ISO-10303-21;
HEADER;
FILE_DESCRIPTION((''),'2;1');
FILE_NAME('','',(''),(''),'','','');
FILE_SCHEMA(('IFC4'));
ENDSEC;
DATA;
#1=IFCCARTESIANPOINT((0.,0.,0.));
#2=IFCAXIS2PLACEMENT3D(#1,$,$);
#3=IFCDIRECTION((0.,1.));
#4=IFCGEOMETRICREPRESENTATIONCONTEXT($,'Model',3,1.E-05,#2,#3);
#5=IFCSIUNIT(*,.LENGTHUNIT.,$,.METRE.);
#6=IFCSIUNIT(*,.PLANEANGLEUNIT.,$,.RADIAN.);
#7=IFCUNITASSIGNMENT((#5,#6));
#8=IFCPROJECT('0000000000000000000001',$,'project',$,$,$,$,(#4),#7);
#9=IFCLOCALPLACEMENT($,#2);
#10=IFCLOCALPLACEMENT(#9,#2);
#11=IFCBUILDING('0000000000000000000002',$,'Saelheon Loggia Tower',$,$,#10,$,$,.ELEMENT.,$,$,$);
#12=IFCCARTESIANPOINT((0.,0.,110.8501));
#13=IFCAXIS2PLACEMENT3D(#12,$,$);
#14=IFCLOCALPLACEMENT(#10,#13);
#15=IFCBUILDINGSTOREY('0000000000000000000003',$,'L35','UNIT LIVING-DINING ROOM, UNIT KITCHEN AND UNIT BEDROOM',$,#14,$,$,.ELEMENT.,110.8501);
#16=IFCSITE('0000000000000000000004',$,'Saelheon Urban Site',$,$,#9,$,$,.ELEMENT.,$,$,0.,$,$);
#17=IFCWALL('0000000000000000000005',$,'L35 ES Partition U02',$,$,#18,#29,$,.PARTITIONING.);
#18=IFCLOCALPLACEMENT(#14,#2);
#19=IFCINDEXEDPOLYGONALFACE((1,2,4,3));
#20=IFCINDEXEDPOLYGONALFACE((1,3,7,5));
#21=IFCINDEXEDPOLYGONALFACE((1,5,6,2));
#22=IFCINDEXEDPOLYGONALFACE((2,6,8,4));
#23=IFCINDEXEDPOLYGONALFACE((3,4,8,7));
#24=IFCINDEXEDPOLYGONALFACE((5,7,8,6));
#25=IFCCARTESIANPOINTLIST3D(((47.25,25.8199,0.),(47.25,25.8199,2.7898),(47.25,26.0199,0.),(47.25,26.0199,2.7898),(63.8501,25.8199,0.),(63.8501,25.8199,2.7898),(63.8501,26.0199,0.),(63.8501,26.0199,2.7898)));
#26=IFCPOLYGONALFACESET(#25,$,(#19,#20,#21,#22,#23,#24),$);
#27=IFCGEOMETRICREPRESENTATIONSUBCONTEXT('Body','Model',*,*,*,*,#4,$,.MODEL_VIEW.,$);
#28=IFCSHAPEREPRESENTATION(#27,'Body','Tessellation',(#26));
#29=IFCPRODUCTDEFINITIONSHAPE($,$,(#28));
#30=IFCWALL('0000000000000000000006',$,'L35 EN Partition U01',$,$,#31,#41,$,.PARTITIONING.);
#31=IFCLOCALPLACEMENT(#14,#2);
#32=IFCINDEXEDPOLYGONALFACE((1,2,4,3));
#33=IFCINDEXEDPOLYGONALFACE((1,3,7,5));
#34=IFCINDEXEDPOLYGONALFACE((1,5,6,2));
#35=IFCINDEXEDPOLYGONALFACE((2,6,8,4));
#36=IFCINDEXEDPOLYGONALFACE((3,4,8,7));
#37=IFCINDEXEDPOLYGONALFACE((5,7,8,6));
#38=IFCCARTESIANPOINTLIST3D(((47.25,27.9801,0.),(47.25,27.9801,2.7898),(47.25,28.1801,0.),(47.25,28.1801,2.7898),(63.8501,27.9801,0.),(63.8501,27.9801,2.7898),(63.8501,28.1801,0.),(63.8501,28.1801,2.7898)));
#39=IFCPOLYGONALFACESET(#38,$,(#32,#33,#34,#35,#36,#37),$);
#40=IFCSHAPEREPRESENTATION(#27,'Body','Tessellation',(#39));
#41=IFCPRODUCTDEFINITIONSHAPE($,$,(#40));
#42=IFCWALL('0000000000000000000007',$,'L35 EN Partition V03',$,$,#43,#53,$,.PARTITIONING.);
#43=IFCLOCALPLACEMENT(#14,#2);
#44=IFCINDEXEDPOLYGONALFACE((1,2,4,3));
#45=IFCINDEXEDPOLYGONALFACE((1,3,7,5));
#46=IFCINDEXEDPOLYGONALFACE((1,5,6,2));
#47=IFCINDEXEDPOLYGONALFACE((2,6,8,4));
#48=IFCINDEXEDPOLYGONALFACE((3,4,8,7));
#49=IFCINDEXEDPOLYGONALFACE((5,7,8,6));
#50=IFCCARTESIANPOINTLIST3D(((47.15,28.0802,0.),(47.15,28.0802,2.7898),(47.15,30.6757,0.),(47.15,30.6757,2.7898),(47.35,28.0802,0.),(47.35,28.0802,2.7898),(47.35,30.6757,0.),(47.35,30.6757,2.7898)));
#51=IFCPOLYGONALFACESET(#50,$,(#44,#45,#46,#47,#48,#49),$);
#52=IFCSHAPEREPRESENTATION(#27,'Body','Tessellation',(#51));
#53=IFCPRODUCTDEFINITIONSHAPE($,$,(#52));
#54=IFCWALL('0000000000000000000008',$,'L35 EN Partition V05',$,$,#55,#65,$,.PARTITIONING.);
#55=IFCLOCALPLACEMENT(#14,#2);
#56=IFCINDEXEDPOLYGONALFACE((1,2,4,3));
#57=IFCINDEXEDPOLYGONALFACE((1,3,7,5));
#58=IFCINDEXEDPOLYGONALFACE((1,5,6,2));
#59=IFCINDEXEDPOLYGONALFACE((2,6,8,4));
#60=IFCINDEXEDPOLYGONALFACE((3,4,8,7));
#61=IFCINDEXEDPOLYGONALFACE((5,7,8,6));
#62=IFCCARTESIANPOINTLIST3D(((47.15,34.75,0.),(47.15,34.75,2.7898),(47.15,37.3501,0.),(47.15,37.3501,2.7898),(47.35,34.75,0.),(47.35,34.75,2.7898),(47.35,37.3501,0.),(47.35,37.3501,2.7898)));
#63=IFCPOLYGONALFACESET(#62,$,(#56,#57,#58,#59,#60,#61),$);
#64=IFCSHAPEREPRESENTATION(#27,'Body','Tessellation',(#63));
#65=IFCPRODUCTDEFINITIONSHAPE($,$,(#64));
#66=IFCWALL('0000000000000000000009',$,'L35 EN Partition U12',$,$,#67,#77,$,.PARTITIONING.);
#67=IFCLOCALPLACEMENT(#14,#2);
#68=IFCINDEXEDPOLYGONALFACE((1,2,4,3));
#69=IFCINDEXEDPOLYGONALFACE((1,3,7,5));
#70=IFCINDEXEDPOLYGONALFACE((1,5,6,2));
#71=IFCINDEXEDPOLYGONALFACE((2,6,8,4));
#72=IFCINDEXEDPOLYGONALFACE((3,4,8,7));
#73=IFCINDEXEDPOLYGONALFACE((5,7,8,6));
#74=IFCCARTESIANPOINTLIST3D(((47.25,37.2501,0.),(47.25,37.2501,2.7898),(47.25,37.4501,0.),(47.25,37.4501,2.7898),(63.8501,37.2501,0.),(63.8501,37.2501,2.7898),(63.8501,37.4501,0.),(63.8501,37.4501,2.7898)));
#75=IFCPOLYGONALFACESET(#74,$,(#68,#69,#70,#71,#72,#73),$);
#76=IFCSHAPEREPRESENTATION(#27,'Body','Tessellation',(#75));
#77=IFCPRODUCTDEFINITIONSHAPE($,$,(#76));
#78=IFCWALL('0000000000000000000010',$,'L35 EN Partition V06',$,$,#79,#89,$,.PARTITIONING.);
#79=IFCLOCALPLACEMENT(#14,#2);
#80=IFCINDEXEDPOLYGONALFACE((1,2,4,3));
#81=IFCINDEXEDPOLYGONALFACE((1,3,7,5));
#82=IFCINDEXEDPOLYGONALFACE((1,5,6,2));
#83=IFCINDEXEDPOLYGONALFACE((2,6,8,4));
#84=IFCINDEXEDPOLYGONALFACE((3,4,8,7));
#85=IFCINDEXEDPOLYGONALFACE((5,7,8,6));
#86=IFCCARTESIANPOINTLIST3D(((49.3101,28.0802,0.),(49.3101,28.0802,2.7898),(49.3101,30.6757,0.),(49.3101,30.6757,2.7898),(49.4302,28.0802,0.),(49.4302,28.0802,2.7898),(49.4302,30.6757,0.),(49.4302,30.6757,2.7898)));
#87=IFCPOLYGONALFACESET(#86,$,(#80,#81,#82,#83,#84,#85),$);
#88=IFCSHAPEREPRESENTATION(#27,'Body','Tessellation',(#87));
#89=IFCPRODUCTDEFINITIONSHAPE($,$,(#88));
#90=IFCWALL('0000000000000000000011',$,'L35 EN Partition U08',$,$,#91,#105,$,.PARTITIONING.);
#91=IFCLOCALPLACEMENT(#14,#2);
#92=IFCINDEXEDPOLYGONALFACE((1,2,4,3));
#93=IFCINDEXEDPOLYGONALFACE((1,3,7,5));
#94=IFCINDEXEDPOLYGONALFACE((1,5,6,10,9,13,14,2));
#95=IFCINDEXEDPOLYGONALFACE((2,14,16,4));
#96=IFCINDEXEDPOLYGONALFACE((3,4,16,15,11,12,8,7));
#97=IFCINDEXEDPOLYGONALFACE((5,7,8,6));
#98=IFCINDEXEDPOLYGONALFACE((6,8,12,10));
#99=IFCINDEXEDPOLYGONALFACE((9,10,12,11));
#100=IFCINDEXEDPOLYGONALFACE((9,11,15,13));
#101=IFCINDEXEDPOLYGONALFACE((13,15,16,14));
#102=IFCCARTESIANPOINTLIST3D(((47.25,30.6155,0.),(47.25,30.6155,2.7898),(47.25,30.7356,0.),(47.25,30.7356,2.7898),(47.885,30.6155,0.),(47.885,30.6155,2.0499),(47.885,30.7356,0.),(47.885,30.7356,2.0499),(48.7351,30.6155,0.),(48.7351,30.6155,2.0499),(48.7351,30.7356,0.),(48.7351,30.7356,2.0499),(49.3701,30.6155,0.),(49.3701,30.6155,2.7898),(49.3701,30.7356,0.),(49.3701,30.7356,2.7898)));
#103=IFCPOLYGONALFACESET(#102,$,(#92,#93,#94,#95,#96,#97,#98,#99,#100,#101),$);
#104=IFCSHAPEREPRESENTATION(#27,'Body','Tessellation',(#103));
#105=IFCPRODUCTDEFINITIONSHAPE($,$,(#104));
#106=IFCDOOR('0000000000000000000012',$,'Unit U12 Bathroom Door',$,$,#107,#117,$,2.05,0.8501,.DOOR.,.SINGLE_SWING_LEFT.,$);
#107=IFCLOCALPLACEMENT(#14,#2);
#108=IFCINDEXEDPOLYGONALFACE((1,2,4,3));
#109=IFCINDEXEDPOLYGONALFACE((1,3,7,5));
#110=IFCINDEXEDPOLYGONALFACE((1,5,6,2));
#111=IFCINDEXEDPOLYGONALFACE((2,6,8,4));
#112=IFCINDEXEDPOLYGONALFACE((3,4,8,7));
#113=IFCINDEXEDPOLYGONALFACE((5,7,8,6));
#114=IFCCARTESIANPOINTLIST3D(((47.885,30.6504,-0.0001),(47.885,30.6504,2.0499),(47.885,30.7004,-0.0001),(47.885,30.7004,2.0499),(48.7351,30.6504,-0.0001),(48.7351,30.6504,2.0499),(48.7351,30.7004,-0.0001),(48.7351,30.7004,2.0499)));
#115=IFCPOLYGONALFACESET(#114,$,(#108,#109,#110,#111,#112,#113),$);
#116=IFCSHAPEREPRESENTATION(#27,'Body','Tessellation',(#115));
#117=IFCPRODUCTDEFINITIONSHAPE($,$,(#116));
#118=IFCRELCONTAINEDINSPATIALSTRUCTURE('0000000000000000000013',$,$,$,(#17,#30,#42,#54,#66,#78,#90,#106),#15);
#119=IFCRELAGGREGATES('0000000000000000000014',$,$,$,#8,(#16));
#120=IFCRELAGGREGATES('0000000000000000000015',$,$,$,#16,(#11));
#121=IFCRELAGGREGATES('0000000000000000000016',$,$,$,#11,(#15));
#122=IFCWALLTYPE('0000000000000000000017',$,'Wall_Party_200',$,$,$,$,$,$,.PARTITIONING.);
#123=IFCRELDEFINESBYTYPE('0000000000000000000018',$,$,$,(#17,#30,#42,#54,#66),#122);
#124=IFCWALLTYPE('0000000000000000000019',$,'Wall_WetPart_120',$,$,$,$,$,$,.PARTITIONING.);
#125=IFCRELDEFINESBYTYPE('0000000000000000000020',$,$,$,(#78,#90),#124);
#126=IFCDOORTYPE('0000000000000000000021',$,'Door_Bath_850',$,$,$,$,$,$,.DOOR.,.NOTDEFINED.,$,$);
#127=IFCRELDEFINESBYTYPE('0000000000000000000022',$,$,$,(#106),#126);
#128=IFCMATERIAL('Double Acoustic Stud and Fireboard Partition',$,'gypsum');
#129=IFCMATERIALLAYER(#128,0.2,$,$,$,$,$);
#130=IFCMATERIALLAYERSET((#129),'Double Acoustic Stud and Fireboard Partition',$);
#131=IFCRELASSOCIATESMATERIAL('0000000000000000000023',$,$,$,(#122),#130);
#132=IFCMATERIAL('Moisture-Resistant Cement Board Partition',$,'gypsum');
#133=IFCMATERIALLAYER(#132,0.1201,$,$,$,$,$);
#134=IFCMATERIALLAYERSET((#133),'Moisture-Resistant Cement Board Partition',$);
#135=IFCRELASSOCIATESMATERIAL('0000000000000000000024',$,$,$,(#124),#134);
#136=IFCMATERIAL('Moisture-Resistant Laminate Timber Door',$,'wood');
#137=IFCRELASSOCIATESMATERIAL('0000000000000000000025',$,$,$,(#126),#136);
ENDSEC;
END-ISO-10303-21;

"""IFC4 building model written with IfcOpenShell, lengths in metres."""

from ifc_helpers import new_model, si_unit, direction, frame, frame_2d, origin, place, context, subcontext, project, spatial, rectangle, extrude, source, transform, mapped, material, layer, layer_set, type_object, element, fill, save


model = new_model("IFC4")

# Units and contexts
model_context = context("Model", 3, precision=1e-05, world=origin(), true_north=direction((0.0, 1.0)))
body_context = subcontext(model_context, "Body", "Model", "MODEL_VIEW")
ifc_project = project(units=[si_unit("LENGTHUNIT", "METRE"), si_unit("PLANEANGLEUNIT", "RADIAN")], contexts=[model_context])

# Site, building, storey
site_placement = place(None, origin())
site = spatial("IfcSite", under=ifc_project, at=site_placement, Name="Saelheon Urban Site", CompositionType="ELEMENT", RefElevation=0.0)
building_placement = place(site_placement, origin())
building = spatial("IfcBuilding", under=site, at=building_placement, Name="Saelheon Loggia Tower", CompositionType="ELEMENT")
storey_placement = place(building_placement, frame((0.0, 0.0, 110.8501)))
storey = spatial("IfcBuildingStorey", under=building, at=storey_placement, Name="L35", Description="UNIT LIVING-DINING ROOM, UNIT KITCHEN AND UNIT BEDROOM", CompositionType="ELEMENT", Elevation=110.8501)

# Walls
ifc_material_1 = material(Name="Double Acoustic Stud and Fireboard Partition", Category="gypsum")
ifc_layer_1 = layer(ifc_material_1, 0.2)
ifc_layer_set_1 = layer_set([ifc_layer_1], Name="Double Acoustic Stud and Fireboard Partition")
wall_type_1 = type_object("IfcWallType", Name="Wall_Party_200", PredefinedType="PARTITIONING", material=ifc_layer_set_1)
for number, where, z_axis, x_axis, name in (
    (1, (47.25, 25.9199, 0.0), (0.0, 0.0, 1.0), (1.0, 0.0, 0.0), "L35 ES Partition U02"),
    (2, (47.25, 28.0801, 0.0), (0.0, 0.0, 1.0), (1.0, 0.0, 0.0), "L35 EN Partition U01"),
):
    element("IfcWall", number, at=place(storey_placement, frame(where, z_axis=z_axis, x_axis=x_axis)), inside=storey, type_object=wall_type_1, Name=name, PredefinedType="PARTITIONING", context=body_context, shape_type="SweptSolid", body=[
        extrude(rectangle(XDim=16.6001, YDim=0.2, at=frame_2d((8.3, 0.0))), origin(), (0.0, 0.0, 1.0), 2.7898),
    ])
wall_1_placement = place(storey_placement, frame((47.25, 28.0801, 0.0), z_axis=(0.0, 0.0, 1.0), x_axis=(0.0, 1.0, 0.0)))
element("IfcWall", 3, at=wall_1_placement, inside=storey, type_object=wall_type_1, Name="L35 EN Partition V03", PredefinedType="PARTITIONING", context=body_context, shape_type="SweptSolid", body=[
    extrude(rectangle(XDim=2.5955, YDim=0.2, at=frame_2d((1.2979, 0.0))), origin(), (0.0, 0.0, 1.0), 2.7898),
])

# Walls
wall_2_placement = place(storey_placement, frame((47.25, 34.75, 0.0), z_axis=(0.0, 0.0, 1.0), x_axis=(0.0, 1.0, 0.0)))
element("IfcWall", 4, at=wall_2_placement, inside=storey, type_object=wall_type_1, Name="L35 EN Partition V05", PredefinedType="PARTITIONING", context=body_context, shape_type="SweptSolid", body=[
    extrude(rectangle(XDim=2.6001, YDim=0.2, at=frame_2d((1.3, 0.0))), origin(), (0.0, 0.0, 1.0), 2.7898),
])
wall_3_placement = place(storey_placement, frame((47.25, 37.3501, 0.0), z_axis=(0.0, 0.0, 1.0), x_axis=(1.0, 0.0, 0.0)))
element("IfcWall", 5, at=wall_3_placement, inside=storey, type_object=wall_type_1, Name="L35 EN Partition U12", PredefinedType="PARTITIONING", context=body_context, shape_type="SweptSolid", body=[
    extrude(rectangle(XDim=16.6001, YDim=0.2, at=frame_2d((8.3, 0.0))), origin(), (0.0, 0.0, 1.0), 2.7898),
])
ifc_material_2 = material(Name="Moisture-Resistant Cement Board Partition", Category="gypsum")
ifc_layer_2 = layer(ifc_material_2, 0.1201)
ifc_layer_set_2 = layer_set([ifc_layer_2], Name="Moisture-Resistant Cement Board Partition")
wall_type_2 = type_object("IfcWallType", Name="Wall_WetPart_120", PredefinedType="PARTITIONING", material=ifc_layer_set_2)
wall_4_placement = place(storey_placement, frame((49.3701, 28.0801, 0.0), z_axis=(0.0, 0.0, 1.0), x_axis=(0.0, 1.0, 0.0)))
element("IfcWall", 6, at=wall_4_placement, inside=storey, type_object=wall_type_2, Name="L35 EN Partition V06", PredefinedType="PARTITIONING", context=body_context, shape_type="SweptSolid", body=[
    extrude(rectangle(XDim=2.5955, YDim=0.1201, at=frame_2d((1.2979, 0.0))), origin(), (0.0, 0.0, 1.0), 2.7898),
])

# Wall, opening, door
wall_5_placement = place(storey_placement, frame((47.25, 30.6755, 0.0), z_axis=(0.0, 0.0, 1.0), x_axis=(1.0, 0.0, 0.0)))
wall_5 = element("IfcWall", 7, at=wall_5_placement, inside=storey, type_object=wall_type_2, Name="L35 EN Partition U08", PredefinedType="PARTITIONING", context=body_context, shape_type="SweptSolid", body=[
    extrude(rectangle(XDim=2.1201, YDim=0.1201, at=frame_2d((1.0601, 0.0))), origin(), (0.0, 0.0, 1.0), 2.7898),
])
opening_1_placement = place(wall_5_placement, frame((0.635, 0.0, 0.0)))
opening_1 = element("IfcOpeningElement", 8, at=opening_1_placement, cuts=wall_5, PredefinedType="OPENING", context=body_context, shape_type="SweptSolid", body=[
    extrude(rectangle(XDim=0.8501, YDim=2.05, at=frame_2d((0.425, 1.0249))), frame((0.0, 0.072, 0.0), z_axis=(0.0, -1.0, 0.0), x_axis=(1.0, 0.0, 0.0)), (0.0, 0.0, 1.0), 0.144),
])
ifc_material_3 = material(Name="Moisture-Resistant Laminate Timber Door", Category="wood")
door_type_1 = type_object("IfcDoorType", Name="Door_Bath_850", OperationType="NOTDEFINED", PredefinedType="DOOR", material=ifc_material_3)
shared_shape_1 = source(origin(), body_context, "Body", "SweptSolid", [
    extrude(rectangle(XDim=0.8501, YDim=2.05, at=frame_2d((0.425, 1.0249))), frame((0.0, 0.0249, 0.0), z_axis=(0.0, -1.0, 0.0), x_axis=(1.0, 0.0, 0.0)), (0.0, 0.0, 1.0), 0.05),
])
door_1_placement = place(opening_1_placement, origin())
door_1 = element("IfcDoor", 9, at=door_1_placement, inside=storey, type_object=door_type_1, Name="Unit U12 Bathroom Door", OperationType="SINGLE_SWING_LEFT", OverallHeight=2.05, OverallWidth=0.8501, PredefinedType="DOOR", context=body_context, shape_type="MappedRepresentation", body=[
    mapped(shared_shape_1, transform((0.0, 0.0, 0.0), scale=1.0)),
])
fill(opening_1, door_1)

save(model, "model.ifc")
